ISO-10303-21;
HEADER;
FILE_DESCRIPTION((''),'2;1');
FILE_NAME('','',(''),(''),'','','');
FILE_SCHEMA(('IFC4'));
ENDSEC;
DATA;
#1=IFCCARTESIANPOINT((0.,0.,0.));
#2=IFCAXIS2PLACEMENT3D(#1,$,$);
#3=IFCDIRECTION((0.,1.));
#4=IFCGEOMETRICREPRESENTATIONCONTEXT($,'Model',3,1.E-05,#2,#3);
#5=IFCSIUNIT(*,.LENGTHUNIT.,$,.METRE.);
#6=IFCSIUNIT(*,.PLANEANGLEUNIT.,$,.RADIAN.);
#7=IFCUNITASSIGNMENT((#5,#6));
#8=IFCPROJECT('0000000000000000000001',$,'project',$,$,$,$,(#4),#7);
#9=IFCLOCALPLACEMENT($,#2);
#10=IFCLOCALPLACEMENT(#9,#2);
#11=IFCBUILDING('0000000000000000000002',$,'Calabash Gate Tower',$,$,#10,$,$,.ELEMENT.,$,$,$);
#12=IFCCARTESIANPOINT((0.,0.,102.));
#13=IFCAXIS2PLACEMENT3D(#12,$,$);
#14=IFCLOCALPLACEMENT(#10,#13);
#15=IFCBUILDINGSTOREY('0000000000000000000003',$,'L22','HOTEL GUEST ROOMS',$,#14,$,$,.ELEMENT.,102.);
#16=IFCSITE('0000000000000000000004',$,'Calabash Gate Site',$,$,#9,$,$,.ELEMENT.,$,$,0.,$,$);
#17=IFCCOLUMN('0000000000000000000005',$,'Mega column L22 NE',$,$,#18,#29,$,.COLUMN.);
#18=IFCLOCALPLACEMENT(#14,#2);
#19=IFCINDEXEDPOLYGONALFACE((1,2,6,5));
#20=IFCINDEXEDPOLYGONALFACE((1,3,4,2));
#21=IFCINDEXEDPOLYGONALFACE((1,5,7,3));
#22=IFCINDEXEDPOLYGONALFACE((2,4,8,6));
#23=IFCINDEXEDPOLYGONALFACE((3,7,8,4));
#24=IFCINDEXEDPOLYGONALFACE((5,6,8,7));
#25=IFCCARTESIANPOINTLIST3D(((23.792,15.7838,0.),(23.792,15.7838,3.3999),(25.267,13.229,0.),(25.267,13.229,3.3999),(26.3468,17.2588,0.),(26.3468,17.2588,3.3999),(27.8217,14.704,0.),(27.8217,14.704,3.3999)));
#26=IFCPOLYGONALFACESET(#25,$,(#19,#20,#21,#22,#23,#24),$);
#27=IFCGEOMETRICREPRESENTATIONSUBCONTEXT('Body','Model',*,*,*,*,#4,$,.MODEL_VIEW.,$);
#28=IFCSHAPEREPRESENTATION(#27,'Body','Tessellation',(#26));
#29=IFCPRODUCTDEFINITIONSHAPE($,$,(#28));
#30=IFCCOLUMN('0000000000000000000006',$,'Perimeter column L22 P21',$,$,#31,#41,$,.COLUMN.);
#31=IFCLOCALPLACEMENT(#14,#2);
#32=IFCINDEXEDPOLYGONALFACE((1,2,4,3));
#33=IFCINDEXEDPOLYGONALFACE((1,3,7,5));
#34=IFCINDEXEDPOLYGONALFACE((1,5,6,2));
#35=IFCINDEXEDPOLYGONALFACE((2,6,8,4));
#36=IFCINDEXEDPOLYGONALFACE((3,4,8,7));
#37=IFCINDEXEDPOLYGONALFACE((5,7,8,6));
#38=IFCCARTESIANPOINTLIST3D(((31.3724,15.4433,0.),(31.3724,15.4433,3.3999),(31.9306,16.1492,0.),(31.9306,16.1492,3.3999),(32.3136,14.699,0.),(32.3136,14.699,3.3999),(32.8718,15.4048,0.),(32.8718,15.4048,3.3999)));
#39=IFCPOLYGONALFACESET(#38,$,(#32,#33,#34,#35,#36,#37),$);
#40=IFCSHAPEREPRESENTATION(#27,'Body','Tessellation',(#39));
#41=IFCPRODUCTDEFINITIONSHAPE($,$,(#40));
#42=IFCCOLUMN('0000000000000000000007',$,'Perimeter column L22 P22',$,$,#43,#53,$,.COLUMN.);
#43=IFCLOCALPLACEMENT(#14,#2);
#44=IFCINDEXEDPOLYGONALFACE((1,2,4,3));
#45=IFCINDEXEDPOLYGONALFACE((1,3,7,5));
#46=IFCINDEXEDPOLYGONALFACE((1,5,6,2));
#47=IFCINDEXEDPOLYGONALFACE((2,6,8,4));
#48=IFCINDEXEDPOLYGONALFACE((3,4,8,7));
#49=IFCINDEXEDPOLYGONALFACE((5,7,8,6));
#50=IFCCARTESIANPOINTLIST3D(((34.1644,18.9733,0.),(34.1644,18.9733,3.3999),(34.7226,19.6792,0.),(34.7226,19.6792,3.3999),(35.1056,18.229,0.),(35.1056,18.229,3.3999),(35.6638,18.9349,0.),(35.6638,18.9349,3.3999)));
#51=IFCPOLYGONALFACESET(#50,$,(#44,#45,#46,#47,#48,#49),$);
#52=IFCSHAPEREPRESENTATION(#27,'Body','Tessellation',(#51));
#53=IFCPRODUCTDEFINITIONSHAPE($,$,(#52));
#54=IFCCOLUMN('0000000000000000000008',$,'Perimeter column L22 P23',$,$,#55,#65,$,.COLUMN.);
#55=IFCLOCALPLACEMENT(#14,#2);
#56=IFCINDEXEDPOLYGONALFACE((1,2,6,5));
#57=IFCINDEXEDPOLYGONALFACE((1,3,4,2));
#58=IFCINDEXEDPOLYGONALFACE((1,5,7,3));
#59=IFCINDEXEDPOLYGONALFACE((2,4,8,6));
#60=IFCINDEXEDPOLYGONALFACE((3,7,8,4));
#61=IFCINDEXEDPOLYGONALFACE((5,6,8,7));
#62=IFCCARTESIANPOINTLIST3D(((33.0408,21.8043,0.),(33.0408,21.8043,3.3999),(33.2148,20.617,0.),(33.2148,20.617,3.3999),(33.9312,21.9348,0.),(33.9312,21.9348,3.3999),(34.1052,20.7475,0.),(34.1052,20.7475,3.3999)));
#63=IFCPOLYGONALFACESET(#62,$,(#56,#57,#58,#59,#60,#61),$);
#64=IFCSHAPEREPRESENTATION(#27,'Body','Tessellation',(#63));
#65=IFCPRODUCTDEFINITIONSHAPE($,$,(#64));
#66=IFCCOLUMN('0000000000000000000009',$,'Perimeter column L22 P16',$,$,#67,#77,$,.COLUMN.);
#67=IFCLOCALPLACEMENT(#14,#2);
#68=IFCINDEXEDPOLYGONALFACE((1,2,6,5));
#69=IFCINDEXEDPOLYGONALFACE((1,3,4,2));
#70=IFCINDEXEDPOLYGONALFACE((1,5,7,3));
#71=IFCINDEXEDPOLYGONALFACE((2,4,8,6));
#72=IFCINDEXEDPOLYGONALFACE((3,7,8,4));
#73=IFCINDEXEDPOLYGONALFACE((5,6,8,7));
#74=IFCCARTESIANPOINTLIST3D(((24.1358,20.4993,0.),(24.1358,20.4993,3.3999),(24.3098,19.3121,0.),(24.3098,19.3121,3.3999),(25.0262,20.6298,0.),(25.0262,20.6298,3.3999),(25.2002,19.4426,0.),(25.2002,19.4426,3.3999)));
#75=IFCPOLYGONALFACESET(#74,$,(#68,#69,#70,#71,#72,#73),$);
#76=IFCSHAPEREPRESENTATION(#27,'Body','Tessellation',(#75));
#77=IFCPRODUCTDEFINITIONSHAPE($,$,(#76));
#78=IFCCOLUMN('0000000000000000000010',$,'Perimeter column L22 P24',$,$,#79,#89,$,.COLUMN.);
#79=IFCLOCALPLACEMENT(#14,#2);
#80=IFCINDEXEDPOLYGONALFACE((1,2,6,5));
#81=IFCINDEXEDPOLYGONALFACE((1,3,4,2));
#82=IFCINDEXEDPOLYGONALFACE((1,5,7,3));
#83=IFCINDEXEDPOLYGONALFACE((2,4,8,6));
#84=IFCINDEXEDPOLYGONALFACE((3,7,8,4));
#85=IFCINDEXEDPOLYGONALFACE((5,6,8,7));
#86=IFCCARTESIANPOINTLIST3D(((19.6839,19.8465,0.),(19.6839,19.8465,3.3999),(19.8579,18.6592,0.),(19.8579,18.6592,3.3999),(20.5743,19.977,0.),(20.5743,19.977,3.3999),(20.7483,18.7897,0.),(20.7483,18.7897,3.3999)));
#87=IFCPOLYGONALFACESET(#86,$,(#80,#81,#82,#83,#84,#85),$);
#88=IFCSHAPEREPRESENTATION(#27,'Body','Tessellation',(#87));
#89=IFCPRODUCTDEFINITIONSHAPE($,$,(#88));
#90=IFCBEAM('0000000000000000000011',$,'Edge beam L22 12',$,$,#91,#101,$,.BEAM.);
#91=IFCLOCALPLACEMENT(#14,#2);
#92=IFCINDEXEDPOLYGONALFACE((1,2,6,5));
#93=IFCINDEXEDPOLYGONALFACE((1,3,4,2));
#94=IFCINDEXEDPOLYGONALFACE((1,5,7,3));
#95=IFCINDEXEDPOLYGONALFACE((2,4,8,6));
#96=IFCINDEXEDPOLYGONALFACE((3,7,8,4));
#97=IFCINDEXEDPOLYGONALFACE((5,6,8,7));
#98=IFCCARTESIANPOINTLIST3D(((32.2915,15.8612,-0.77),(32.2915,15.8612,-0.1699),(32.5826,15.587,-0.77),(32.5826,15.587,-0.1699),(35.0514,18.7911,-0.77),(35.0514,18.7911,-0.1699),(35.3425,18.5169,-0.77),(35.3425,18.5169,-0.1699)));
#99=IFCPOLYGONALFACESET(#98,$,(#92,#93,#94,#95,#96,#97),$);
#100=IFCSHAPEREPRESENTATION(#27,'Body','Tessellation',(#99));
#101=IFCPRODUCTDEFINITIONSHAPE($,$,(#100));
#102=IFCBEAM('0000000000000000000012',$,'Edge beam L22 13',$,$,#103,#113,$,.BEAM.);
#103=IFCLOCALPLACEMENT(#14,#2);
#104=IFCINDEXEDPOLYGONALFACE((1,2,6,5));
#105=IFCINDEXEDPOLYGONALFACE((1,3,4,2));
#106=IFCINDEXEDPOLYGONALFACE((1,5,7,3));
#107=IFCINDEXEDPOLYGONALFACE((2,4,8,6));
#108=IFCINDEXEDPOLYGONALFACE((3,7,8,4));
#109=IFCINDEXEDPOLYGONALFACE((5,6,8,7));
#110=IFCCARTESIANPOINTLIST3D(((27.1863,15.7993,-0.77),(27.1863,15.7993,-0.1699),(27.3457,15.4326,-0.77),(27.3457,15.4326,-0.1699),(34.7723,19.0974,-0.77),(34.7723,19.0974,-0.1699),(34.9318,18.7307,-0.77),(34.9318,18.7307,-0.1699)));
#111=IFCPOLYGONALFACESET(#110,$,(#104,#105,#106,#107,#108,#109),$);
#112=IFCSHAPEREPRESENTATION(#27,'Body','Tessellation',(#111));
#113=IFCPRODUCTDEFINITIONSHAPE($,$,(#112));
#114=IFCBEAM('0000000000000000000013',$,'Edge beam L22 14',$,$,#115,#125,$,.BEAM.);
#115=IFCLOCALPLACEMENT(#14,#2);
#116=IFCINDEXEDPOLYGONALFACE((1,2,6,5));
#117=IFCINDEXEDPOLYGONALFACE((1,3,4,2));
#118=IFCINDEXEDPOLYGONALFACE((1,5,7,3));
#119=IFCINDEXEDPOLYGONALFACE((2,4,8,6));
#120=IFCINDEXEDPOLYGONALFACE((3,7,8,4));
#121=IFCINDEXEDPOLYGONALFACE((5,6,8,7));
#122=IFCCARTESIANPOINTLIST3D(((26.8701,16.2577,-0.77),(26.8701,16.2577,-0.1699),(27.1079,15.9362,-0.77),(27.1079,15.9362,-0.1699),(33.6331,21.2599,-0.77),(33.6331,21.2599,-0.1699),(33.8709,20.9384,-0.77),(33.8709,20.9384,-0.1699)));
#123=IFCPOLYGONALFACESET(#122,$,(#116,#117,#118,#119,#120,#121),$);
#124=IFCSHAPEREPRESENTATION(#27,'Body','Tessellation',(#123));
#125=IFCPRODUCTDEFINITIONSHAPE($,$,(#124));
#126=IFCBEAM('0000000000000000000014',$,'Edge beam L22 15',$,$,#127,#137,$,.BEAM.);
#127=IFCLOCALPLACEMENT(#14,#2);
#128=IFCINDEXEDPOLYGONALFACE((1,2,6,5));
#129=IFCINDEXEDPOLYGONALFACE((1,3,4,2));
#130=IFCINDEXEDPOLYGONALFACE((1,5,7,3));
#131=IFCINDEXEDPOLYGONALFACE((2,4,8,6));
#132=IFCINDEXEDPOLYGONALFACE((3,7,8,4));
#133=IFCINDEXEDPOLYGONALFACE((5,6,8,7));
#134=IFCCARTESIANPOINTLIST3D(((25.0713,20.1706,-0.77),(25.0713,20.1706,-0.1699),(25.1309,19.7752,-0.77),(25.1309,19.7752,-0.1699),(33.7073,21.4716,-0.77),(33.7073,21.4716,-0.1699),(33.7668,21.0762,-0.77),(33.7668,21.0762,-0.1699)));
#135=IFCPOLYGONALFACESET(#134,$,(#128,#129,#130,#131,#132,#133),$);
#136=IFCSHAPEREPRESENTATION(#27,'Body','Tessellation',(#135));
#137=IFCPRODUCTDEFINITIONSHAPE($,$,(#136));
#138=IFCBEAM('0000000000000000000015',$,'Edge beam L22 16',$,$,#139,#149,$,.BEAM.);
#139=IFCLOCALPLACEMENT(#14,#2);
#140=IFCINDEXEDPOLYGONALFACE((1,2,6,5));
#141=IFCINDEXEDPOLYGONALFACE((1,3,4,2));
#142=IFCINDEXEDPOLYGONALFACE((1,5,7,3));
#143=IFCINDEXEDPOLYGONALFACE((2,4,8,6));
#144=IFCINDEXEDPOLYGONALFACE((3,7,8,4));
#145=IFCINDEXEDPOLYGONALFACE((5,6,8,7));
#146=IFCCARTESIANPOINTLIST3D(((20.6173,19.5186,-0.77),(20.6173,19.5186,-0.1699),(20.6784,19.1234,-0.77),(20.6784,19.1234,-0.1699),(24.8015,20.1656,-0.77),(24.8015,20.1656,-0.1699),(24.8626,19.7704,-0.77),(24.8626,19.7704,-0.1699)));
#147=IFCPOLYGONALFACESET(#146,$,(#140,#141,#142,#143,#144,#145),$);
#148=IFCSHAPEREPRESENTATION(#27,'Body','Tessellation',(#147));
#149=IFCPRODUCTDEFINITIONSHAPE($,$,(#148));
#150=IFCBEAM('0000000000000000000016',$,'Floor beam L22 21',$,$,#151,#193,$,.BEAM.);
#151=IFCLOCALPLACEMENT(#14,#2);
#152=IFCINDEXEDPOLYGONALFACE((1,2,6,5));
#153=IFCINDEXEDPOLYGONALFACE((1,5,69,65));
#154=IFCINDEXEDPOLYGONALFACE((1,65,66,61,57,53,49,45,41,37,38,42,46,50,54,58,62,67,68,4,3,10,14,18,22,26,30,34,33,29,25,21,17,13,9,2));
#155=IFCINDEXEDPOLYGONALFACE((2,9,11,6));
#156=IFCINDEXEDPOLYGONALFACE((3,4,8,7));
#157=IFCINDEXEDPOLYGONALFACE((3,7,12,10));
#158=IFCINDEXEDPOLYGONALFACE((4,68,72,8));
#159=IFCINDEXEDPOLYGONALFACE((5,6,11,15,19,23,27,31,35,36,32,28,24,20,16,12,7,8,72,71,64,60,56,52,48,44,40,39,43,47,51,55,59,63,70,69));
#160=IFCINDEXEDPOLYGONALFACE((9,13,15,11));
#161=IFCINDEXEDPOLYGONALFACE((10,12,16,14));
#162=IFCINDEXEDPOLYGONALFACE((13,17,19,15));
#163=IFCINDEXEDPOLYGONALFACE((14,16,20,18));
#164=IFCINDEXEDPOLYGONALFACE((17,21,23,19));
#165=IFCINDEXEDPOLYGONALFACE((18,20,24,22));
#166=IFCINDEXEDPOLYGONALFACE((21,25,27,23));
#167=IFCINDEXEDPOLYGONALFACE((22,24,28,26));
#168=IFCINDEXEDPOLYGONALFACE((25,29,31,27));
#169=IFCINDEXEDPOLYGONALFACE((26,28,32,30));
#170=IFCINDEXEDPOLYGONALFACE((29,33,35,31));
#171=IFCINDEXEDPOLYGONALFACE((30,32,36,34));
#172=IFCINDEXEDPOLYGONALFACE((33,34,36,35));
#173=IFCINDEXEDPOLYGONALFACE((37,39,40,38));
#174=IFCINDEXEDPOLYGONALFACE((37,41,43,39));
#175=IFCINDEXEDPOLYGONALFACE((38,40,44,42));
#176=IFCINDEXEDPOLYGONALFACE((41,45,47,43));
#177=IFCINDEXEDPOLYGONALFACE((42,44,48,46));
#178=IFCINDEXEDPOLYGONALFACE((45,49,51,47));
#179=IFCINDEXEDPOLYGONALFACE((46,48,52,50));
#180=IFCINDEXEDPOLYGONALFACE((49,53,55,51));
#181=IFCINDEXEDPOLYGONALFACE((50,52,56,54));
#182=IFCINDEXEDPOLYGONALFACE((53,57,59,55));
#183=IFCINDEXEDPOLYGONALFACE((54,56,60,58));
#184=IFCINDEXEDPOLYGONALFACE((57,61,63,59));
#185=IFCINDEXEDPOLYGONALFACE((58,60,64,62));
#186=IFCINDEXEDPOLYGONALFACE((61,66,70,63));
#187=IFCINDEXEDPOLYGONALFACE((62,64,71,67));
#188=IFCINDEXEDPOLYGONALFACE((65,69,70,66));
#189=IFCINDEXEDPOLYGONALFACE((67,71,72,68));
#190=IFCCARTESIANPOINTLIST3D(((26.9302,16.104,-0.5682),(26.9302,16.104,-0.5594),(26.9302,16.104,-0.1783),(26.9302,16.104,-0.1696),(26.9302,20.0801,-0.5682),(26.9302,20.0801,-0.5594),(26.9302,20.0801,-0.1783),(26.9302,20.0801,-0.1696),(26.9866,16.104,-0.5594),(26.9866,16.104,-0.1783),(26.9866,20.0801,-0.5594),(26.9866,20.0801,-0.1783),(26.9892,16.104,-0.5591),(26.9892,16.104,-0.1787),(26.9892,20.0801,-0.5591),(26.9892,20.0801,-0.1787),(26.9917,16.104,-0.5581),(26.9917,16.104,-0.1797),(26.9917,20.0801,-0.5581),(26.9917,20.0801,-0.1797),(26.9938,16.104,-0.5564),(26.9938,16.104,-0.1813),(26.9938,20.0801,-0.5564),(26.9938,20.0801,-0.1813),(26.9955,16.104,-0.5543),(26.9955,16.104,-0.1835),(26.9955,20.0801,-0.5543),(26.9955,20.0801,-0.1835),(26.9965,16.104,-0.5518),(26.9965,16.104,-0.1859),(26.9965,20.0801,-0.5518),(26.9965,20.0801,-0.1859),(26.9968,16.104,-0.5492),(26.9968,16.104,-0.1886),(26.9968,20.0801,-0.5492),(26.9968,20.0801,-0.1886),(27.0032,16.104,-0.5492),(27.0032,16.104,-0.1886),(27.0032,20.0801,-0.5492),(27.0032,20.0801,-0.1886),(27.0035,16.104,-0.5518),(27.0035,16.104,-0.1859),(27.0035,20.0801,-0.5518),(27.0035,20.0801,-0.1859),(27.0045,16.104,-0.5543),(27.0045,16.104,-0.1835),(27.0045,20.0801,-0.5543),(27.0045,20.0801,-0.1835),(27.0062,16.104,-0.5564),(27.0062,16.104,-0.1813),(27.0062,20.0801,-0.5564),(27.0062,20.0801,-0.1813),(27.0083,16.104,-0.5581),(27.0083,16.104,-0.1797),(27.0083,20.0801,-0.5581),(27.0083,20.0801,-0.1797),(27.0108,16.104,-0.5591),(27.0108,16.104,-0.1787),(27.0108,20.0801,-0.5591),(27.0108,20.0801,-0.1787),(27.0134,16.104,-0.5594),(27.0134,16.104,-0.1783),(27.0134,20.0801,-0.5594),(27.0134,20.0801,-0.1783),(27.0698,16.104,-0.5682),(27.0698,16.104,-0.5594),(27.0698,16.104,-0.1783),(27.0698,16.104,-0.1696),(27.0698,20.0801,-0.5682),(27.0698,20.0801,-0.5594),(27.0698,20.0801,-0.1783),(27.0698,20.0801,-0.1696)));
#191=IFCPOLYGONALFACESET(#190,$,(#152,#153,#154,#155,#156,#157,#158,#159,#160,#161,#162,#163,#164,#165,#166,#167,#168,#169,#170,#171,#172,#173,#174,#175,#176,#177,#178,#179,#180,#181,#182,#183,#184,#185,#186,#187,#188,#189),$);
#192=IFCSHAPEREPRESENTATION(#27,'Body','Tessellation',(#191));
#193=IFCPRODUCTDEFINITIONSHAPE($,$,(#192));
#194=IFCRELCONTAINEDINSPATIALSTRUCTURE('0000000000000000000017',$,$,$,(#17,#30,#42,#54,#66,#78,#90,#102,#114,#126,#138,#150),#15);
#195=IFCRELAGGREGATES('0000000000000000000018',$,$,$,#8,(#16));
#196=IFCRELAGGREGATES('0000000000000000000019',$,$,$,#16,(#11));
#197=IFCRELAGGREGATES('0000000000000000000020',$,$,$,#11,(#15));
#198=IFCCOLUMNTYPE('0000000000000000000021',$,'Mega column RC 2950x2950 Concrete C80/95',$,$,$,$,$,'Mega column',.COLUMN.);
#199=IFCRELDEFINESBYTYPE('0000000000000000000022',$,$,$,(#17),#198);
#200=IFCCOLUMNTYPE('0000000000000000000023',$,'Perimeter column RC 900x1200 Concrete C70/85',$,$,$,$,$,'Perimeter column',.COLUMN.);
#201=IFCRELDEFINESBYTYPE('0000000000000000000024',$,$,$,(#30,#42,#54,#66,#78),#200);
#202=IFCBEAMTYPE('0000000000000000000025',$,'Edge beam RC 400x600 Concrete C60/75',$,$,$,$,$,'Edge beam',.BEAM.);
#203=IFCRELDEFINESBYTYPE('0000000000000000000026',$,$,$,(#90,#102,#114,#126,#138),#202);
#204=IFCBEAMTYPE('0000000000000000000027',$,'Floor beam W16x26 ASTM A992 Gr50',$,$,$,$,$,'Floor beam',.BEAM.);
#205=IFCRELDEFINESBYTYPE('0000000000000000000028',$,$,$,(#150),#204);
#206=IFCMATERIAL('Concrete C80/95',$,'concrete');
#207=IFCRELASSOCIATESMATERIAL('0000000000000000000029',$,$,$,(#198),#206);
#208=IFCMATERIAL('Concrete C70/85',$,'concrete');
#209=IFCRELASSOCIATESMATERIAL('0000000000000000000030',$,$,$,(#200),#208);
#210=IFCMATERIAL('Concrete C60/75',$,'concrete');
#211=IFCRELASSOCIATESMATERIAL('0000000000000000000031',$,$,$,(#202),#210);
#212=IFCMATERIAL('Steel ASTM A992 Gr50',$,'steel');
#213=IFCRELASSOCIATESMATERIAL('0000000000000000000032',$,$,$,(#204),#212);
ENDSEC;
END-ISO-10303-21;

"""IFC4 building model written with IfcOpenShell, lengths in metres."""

from ifc_helpers import new_model, si_unit, direction, frame, origin, origin_2d, place, context, subcontext, project, spatial, rectangle, i_section, extrude, material, material_profile, profile_set, type_object, element, save


model = new_model("IFC4")

# Units and contexts
model_context = context("Model", 3, precision=1e-05, world=origin(), true_north=direction((0.0, 1.0)))
body_context = subcontext(model_context, "Body", "Model", "MODEL_VIEW")
ifc_project = project(units=[si_unit("LENGTHUNIT", "METRE"), si_unit("PLANEANGLEUNIT", "RADIAN")], contexts=[model_context])

# Site, building, storey
site_placement = place(None, origin())
site = spatial("IfcSite", under=ifc_project, at=site_placement, Name="Calabash Gate Site", CompositionType="ELEMENT", RefElevation=0.0)
building_placement = place(site_placement, origin())
building = spatial("IfcBuilding", under=site, at=building_placement, Name="Calabash Gate Tower", CompositionType="ELEMENT")
storey_placement = place(building_placement, frame((0.0, 0.0, 102.0)))
storey = spatial("IfcBuildingStorey", under=building, at=storey_placement, Name="L22", Description="HOTEL GUEST ROOMS", CompositionType="ELEMENT", Elevation=102.0)

# Columns
ifc_material_1 = material(Name="Concrete C80/95", Category="concrete")
ifc_material_profile_1 = material_profile(ifc_material_1, rectangle(XDim=2.95, YDim=2.95, at=origin_2d()))
ifc_profile_set_1 = profile_set([ifc_material_profile_1], Name="Concrete C80/95")
column_type_1 = type_object("IfcColumnType", Name="Mega column RC 2950x2950 Concrete C80/95", ElementType="Mega column", PredefinedType="COLUMN", material=ifc_profile_set_1)
column_placement = place(storey_placement, frame((25.8069, 15.2439, 0.0), z_axis=(0.0, 0.0, 1.0), x_axis=(-0.866025, -0.5, 0.0)))
element("IfcColumn", 1, at=column_placement, inside=storey, type_object=column_type_1, Name="Mega column L22 NE", PredefinedType="COLUMN", context=body_context, shape_type="SweptSolid", body=[
    extrude(rectangle(XDim=2.95, YDim=2.95, at=origin_2d()), origin(), (0.0, 0.0, 1.0), 3.3999),
])
ifc_material_2 = material(Name="Concrete C70/85", Category="concrete")
ifc_material_profile_2 = material_profile(ifc_material_2, rectangle(XDim=0.8999, YDim=1.2, at=origin_2d()))
ifc_profile_set_2 = profile_set([ifc_material_profile_2], Name="Concrete C70/85")
column_type_2 = type_object("IfcColumnType", Name="Perimeter column RC 900x1200 Concrete C70/85", ElementType="Perimeter column", PredefinedType="COLUMN", material=ifc_profile_set_2)
for number, where, z_axis, x_axis, name in (
    (2, (32.1221, 15.4241, 0.0), (0.0, 0.0, 1.0), (0.620301, 0.784364, 0.0), "Perimeter column L22 P21"),
    (3, (34.9141, 18.9541, 0.0), (0.0, 0.0, 1.0), (0.620301, 0.784364, 0.0), "Perimeter column L22 P22"),
    (4, (33.573, 21.2759, 0.0), (0.0, 0.0, 1.0), (-0.98943, -0.145015, 0.0), "Perimeter column L22 P23"),
    (5, (24.668, 19.9709, 0.0), (0.0, 0.0, 1.0), (-0.98943, -0.145015, 0.0), "Perimeter column L22 P16"),
    (6, (20.2161, 19.3181, 0.0), (0.0, 0.0, 1.0), (-0.98943, -0.145015, 0.0), "Perimeter column L22 P24"),
):
    element("IfcColumn", number, at=place(storey_placement, frame(where, z_axis=z_axis, x_axis=x_axis)), inside=storey, type_object=column_type_2, Name=name, PredefinedType="COLUMN", context=body_context, shape_type="SweptSolid", body=[
        extrude(rectangle(XDim=0.8999, YDim=1.2, at=origin_2d()), origin(), (0.0, 0.0, 1.0), 3.3999),
    ])

# Beams
ifc_material_3 = material(Name="Concrete C60/75", Category="concrete")
ifc_material_profile_3 = material_profile(ifc_material_3, rectangle(XDim=0.3999, YDim=0.6001, at=origin_2d()))
ifc_profile_set_3 = profile_set([ifc_material_profile_3], Name="Concrete C60/75")
beam_type_1 = type_object("IfcBeamType", Name="Edge beam RC 400x600 Concrete C60/75", ElementType="Edge beam", PredefinedType="BEAM", material=ifc_profile_set_3)
beam_1_placement = place(storey_placement, frame((32.437, 15.7241, -0.47), z_axis=(0.685684, 0.727899, 0.0), x_axis=(-0.727899, 0.685684, 0.0)))
element("IfcBeam", 7, at=beam_1_placement, inside=storey, type_object=beam_type_1, Name="Edge beam L22 12", PredefinedType="BEAM", context=body_context, shape_type="SweptSolid", body=[
    extrude(rectangle(XDim=0.3999, YDim=0.6001, at=origin_2d()), origin(), (0.0, 0.0, 1.0), 4.0251),
])
beam_2_placement = place(storey_placement, frame((34.8521, 18.9141, -0.47), z_axis=(-0.917076, -0.398712, 0.0), x_axis=(0.398712, -0.917076, 0.0)))
element("IfcBeam", 8, at=beam_2_placement, inside=storey, type_object=beam_type_1, Name="Edge beam L22 13", PredefinedType="BEAM", context=body_context, shape_type="SweptSolid", body=[
    extrude(rectangle(XDim=0.3999, YDim=0.6001, at=origin_2d()), origin(), (0.0, 0.0, 1.0), 8.272),
])
beam_3_placement = place(storey_placement, frame((26.989, 16.0969, -0.47), z_axis=(0.803977, 0.59466, 0.0), x_axis=(-0.59466, 0.803977, 0.0)))
element("IfcBeam", 9, at=beam_3_placement, inside=storey, type_object=beam_type_1, Name="Edge beam L22 14", PredefinedType="BEAM", context=body_context, shape_type="SweptSolid", body=[
    extrude(rectangle(XDim=0.3999, YDim=0.6001, at=origin_2d()), origin(), (0.0, 0.0, 1.0), 8.4119),
])
beam_4_placement = place(storey_placement, frame((33.7371, 21.2739, -0.47), z_axis=(-0.988842, -0.148971, 0.0), x_axis=(0.148971, -0.988842, 0.0)))
element("IfcBeam", 10, at=beam_4_placement, inside=storey, type_object=beam_type_1, Name="Edge beam L22 15", PredefinedType="BEAM", context=body_context, shape_type="SweptSolid", body=[
    extrude(rectangle(XDim=0.3999, YDim=0.6001, at=origin_2d()), origin(), (0.0, 0.0, 1.0), 8.7334),
])
beam_5_placement = place(storey_placement, frame((24.832, 19.968, -0.47), z_axis=(-0.988255, -0.152811, 0.0), x_axis=(0.152811, -0.988255, 0.0)))
element("IfcBeam", 11, at=beam_5_placement, inside=storey, type_object=beam_type_1, Name="Edge beam L22 16", PredefinedType="BEAM", context=body_context, shape_type="SweptSolid", body=[
    extrude(rectangle(XDim=0.3999, YDim=0.6001, at=origin_2d()), origin(), (0.0, 0.0, 1.0), 4.2339),
])
ifc_material_4 = material(Name="Steel ASTM A992 Gr50", Category="steel")
ifc_material_profile_4 = material_profile(ifc_material_4, i_section(OverallWidth=0.1396, OverallDepth=0.3987, WebThickness=0.0063, FlangeThickness=0.0088, FilletRadius=0.0103, at=origin_2d()))
ifc_profile_set_4 = profile_set([ifc_material_profile_4], Name="Steel ASTM A992 Gr50")
beam_type_2 = type_object("IfcBeamType", Name="Floor beam W16x26 ASTM A992 Gr50", ElementType="Floor beam", PredefinedType="BEAM", material=ifc_profile_set_4)
beam_6_placement = place(storey_placement, frame((27.0, 16.104, -0.3689), z_axis=(0.0, 1.0, 0.0), x_axis=(-1.0, 0.0, 0.0)))
element("IfcBeam", 12, at=beam_6_placement, inside=storey, type_object=beam_type_2, Name="Floor beam L22 21", PredefinedType="BEAM", context=body_context, shape_type="SweptSolid", body=[
    extrude(i_section(OverallWidth=0.1396, OverallDepth=0.3987, WebThickness=0.0063, FlangeThickness=0.0088, FilletRadius=0.0103, at=origin_2d()), origin(), (0.0, 0.0, 1.0), 3.9761),
])

save(model, "model.ifc")
